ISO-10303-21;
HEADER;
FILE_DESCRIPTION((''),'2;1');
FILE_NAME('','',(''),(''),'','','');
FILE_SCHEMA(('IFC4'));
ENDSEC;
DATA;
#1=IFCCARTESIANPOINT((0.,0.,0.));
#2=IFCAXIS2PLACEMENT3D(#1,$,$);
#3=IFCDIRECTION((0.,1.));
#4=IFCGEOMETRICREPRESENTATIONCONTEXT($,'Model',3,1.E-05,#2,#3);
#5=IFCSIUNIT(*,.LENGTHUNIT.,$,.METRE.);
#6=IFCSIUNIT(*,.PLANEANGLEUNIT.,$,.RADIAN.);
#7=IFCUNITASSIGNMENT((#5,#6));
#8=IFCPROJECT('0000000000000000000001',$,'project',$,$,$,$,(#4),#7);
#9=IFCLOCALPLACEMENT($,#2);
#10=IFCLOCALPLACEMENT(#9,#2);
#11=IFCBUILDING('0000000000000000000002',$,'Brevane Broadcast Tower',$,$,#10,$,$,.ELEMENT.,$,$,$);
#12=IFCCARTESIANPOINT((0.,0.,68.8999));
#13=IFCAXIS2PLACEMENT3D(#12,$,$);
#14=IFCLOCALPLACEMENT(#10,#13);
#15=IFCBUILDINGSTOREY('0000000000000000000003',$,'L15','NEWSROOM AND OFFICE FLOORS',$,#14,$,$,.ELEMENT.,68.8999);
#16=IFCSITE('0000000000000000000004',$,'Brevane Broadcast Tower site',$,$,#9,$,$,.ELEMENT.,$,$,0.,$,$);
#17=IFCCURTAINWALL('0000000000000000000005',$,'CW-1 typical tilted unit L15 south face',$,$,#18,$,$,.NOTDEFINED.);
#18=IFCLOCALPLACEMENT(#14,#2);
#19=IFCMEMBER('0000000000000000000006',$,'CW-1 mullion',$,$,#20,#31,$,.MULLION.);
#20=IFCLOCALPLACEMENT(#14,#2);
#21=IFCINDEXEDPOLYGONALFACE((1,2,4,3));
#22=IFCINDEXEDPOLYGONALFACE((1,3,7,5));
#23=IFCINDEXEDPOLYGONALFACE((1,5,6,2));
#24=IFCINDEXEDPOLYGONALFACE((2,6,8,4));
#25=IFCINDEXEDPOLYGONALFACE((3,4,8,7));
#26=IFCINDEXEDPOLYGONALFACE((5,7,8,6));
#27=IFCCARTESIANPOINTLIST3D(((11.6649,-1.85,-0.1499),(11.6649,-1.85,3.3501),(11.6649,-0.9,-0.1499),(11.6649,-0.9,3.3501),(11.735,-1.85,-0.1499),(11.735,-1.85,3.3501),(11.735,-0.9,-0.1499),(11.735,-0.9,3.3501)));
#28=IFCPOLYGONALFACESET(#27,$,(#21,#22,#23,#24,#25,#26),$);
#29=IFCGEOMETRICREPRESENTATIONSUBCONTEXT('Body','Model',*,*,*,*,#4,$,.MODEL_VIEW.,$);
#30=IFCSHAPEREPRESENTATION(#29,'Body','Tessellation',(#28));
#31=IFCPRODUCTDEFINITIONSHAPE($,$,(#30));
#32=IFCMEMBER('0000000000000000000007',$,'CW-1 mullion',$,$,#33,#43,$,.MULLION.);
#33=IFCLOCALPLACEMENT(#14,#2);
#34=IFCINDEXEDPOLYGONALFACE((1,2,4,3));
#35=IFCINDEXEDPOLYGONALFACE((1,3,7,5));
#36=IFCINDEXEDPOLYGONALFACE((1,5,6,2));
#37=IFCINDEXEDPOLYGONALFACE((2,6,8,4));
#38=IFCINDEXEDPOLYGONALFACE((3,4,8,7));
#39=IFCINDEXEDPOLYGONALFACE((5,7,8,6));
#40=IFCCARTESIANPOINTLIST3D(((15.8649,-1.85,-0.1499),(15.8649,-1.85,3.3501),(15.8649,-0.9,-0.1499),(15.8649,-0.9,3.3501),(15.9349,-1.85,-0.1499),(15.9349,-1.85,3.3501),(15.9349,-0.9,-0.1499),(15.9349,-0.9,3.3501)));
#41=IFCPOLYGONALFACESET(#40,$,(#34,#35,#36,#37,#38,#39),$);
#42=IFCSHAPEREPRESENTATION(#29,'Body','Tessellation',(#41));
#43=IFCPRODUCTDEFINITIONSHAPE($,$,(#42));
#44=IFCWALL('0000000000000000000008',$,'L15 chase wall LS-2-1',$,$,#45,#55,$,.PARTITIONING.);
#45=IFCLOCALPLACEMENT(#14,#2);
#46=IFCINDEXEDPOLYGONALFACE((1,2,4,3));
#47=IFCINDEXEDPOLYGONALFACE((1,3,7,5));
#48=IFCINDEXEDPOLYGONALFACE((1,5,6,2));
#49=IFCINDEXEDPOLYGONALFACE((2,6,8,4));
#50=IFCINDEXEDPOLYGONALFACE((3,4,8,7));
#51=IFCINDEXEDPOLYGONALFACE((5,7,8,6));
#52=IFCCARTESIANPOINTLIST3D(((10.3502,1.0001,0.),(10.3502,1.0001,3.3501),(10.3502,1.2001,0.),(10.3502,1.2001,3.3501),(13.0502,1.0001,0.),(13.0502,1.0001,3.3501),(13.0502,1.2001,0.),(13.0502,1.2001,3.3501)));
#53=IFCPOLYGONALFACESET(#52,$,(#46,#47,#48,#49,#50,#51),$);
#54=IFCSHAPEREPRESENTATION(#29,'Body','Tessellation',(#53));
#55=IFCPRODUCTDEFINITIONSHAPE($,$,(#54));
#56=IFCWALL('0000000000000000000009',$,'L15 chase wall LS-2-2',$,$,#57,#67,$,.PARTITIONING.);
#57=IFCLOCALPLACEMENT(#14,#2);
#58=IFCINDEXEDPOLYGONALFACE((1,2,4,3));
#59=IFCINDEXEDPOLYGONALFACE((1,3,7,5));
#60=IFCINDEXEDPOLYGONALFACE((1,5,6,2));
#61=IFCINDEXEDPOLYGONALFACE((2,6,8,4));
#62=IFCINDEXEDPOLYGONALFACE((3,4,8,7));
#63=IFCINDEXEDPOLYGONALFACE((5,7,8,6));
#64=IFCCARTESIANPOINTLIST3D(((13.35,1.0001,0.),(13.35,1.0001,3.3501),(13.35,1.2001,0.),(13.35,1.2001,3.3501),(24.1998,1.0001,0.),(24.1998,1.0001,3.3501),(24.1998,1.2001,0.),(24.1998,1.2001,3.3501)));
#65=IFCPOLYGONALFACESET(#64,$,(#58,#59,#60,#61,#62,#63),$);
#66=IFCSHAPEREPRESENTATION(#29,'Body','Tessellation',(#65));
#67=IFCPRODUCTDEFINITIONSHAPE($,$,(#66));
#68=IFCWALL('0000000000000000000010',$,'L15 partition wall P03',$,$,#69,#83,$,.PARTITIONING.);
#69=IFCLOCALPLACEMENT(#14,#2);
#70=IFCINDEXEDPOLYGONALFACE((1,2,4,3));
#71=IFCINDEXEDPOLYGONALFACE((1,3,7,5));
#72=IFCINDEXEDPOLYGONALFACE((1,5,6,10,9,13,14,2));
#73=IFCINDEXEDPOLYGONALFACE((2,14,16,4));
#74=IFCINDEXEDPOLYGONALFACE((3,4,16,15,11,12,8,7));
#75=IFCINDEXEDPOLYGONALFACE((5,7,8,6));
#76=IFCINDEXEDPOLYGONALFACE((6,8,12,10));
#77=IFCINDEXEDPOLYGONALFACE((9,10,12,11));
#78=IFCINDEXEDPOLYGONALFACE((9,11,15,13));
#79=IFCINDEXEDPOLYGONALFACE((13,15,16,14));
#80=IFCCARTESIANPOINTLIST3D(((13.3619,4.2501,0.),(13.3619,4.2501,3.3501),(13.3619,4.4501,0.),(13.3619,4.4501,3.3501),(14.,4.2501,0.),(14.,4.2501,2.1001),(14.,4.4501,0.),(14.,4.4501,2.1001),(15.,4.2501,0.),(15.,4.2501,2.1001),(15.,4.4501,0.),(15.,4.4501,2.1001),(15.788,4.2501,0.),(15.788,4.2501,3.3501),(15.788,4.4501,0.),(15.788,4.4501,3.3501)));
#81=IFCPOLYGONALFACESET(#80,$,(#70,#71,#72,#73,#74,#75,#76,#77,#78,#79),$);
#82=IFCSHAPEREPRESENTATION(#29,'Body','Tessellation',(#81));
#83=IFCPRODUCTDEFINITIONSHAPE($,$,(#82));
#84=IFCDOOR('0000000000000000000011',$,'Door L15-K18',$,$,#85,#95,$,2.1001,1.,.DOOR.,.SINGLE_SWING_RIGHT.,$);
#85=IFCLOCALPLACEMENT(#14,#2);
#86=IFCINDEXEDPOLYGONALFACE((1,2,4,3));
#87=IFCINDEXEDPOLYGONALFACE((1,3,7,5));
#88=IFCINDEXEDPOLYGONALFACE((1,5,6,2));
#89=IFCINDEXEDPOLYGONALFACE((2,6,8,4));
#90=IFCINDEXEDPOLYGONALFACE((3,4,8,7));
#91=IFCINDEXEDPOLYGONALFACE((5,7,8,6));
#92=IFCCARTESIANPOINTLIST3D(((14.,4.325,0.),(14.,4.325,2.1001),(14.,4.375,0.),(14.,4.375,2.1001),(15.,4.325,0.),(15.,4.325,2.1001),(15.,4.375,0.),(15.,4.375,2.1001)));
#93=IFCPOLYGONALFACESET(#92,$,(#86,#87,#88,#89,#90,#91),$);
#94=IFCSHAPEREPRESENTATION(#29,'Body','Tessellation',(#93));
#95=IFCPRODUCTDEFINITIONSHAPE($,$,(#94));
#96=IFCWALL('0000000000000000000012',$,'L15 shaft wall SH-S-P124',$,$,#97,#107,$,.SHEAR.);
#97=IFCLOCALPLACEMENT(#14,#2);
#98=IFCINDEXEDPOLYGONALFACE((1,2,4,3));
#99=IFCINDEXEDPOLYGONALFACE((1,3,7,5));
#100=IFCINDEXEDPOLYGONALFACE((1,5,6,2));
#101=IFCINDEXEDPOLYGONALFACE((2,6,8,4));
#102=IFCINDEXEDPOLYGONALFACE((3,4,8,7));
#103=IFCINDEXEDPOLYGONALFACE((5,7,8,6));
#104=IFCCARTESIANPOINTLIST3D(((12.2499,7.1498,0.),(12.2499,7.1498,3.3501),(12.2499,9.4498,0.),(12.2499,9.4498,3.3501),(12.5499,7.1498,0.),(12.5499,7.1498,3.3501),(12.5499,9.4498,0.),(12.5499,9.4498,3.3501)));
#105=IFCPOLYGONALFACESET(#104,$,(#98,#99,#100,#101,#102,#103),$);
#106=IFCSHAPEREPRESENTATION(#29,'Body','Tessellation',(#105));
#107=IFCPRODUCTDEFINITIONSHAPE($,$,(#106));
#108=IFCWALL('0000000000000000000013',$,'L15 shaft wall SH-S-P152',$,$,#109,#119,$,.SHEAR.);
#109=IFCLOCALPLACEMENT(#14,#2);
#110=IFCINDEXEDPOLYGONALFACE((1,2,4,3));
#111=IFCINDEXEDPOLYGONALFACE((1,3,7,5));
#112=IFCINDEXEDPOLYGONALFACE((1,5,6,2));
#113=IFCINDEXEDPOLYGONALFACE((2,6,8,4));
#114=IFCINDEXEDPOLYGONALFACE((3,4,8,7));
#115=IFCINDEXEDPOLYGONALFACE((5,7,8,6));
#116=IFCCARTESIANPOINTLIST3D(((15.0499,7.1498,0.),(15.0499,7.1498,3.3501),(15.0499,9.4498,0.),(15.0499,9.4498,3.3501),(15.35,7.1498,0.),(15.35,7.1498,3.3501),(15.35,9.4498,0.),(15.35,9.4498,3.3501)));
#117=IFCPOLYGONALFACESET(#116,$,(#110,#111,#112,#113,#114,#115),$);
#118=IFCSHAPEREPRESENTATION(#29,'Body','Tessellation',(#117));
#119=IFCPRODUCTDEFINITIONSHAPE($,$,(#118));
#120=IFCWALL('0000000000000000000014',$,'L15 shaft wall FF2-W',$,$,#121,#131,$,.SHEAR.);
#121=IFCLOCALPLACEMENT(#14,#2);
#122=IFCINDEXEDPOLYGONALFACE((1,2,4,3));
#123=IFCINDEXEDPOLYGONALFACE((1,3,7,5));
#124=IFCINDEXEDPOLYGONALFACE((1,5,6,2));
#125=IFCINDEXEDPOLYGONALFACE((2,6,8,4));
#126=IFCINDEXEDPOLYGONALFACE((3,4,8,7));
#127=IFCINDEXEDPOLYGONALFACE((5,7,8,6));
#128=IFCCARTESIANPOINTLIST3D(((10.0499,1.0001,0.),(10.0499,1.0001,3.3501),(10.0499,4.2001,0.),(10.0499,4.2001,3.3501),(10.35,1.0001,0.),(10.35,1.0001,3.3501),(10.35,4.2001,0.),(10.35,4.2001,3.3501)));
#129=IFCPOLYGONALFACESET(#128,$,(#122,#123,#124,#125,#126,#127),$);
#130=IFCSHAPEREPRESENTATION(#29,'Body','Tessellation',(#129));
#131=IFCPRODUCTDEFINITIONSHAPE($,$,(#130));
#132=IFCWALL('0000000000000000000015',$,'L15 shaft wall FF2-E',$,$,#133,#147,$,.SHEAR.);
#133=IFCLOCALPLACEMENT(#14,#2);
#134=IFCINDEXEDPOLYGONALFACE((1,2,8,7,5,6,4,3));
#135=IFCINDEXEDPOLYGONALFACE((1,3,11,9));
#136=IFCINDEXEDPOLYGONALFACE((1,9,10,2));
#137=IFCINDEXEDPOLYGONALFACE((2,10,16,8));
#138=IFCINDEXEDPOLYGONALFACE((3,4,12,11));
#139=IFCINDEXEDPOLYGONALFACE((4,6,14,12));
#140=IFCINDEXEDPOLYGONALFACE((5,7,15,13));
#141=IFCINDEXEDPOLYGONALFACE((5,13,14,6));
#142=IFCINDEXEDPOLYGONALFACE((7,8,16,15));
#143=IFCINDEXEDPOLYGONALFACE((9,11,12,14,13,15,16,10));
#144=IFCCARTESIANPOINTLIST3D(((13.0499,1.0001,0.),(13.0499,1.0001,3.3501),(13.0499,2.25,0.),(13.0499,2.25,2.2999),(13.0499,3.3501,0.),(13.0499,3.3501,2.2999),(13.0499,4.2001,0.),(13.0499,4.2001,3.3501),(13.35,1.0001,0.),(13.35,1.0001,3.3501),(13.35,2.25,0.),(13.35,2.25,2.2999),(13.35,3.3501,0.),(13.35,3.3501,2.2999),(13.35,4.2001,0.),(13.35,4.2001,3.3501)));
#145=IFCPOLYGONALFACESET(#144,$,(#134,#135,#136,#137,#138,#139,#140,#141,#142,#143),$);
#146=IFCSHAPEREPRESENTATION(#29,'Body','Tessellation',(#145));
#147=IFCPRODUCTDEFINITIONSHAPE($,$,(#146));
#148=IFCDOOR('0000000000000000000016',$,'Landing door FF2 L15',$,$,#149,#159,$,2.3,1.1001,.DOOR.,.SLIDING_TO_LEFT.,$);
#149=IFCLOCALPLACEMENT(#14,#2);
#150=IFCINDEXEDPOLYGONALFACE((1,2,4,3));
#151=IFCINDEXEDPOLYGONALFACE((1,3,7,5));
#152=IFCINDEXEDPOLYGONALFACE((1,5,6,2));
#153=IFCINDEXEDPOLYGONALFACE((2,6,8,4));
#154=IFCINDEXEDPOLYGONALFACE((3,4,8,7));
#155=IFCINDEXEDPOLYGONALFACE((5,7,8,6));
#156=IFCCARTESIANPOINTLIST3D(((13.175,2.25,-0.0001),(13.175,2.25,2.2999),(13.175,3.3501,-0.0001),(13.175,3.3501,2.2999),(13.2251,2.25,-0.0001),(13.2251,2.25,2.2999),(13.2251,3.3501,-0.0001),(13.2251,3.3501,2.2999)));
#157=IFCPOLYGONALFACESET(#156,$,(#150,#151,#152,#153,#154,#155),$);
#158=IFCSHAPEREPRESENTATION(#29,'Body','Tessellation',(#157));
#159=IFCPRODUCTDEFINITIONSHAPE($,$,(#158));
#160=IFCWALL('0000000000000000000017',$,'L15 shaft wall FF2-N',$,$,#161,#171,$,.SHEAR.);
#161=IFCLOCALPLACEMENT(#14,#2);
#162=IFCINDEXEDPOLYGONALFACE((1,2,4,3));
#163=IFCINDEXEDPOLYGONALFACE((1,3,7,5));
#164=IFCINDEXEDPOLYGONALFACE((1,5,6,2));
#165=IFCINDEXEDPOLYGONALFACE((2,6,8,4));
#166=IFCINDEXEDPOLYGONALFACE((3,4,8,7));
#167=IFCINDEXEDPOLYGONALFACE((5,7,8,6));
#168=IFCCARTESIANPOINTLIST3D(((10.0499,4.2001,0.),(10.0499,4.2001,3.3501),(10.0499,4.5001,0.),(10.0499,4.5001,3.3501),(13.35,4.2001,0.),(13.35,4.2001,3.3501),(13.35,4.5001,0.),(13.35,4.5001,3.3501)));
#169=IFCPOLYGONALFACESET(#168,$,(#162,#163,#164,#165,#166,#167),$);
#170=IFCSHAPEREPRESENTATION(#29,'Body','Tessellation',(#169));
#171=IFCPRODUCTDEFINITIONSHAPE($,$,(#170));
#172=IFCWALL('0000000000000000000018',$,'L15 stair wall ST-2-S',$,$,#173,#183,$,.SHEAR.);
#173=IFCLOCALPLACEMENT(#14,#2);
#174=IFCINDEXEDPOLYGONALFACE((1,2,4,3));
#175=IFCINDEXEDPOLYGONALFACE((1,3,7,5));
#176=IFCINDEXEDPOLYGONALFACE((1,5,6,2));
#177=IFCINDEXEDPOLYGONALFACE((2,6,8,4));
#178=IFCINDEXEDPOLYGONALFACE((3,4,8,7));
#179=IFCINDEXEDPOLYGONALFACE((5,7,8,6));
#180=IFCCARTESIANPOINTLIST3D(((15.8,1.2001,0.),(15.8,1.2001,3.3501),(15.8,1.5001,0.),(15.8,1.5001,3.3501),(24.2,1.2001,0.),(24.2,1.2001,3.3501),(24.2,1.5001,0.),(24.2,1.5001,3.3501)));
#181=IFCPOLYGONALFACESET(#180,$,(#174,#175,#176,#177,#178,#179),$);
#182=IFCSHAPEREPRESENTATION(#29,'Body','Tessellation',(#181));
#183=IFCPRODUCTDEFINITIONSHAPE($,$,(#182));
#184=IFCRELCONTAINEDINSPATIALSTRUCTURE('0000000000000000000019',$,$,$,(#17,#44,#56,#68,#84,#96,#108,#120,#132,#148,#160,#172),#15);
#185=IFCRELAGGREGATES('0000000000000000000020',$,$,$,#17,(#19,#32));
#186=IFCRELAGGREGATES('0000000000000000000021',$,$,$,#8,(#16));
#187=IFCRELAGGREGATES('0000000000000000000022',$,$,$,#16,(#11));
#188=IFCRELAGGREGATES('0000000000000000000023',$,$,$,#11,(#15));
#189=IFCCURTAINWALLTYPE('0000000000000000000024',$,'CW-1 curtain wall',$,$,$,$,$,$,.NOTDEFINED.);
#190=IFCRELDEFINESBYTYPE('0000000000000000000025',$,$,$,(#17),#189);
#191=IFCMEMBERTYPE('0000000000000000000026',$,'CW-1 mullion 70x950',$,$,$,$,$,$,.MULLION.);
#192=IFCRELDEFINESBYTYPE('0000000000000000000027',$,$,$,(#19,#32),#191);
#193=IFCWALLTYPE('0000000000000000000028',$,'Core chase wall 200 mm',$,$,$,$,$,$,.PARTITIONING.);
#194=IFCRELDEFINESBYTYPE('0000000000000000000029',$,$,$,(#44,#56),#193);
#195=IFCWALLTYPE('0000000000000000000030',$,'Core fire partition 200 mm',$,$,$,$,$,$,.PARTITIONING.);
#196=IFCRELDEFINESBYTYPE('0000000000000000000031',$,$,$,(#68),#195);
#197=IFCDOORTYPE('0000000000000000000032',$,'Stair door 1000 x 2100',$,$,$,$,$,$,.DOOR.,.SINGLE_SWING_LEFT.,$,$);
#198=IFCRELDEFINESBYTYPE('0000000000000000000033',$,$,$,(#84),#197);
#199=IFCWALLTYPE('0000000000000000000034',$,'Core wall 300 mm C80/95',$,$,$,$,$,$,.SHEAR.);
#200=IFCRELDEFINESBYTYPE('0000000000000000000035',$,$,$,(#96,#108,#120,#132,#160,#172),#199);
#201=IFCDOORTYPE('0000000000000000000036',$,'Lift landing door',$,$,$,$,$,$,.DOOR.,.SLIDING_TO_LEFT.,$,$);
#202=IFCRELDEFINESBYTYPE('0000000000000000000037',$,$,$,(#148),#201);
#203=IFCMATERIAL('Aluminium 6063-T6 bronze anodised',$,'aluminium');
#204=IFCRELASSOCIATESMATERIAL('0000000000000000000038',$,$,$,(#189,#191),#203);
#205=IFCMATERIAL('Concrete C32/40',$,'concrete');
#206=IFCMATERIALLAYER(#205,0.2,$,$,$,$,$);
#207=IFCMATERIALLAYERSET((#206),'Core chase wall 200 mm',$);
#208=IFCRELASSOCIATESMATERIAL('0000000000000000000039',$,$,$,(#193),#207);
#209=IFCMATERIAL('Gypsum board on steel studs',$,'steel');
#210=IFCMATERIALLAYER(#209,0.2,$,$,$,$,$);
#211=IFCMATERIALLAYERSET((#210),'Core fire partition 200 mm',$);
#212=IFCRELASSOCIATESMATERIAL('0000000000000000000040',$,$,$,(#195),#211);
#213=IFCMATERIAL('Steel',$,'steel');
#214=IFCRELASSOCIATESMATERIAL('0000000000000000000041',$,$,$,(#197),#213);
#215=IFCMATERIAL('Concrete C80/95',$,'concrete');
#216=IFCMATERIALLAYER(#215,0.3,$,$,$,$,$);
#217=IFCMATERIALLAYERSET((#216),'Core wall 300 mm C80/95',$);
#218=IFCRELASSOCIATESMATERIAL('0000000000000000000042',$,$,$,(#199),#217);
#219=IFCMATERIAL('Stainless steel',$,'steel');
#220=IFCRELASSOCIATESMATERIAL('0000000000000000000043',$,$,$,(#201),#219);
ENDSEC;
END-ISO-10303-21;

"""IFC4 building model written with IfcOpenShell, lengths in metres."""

from ifc_helpers import new_model, si_unit, direction, frame, frame_2d, origin, origin_2d, place, context, subcontext, project, spatial, rectangle, extrude, material, layer, layer_set, material_profile, profile_set, type_object, element, fill, aggregate, save


model = new_model("IFC4")

# Units and contexts
model_context = context("Model", 3, precision=1e-05, world=origin(), true_north=direction((0.0, 1.0)))
body_context = subcontext(model_context, "Body", "Model", "MODEL_VIEW")
ifc_project = project(units=[si_unit("LENGTHUNIT", "METRE"), si_unit("PLANEANGLEUNIT", "RADIAN")], contexts=[model_context])

# Site, building, storey
site_placement = place(None, origin())
site = spatial("IfcSite", under=ifc_project, at=site_placement, Name="Brevane Broadcast Tower site", CompositionType="ELEMENT", RefElevation=0.0)
building_placement = place(site_placement, origin())
building = spatial("IfcBuilding", under=site, at=building_placement, Name="Brevane Broadcast Tower", CompositionType="ELEMENT")
storey_placement = place(building_placement, frame((0.0, 0.0, 68.8999)))
storey = spatial("IfcBuildingStorey", under=building, at=storey_placement, Name="L15", Description="NEWSROOM AND OFFICE FLOORS", CompositionType="ELEMENT", Elevation=68.8999)

# Curtain wall, members
ifc_material_1 = material(Name="Aluminium 6063-T6 bronze anodised", Category="aluminium")
curtain_wall_type = type_object("IfcCurtainWallType", Name="CW-1 curtain wall", PredefinedType="NOTDEFINED", material=ifc_material_1)
curtain_wall_placement = place(storey_placement, origin())
curtain_wall = element("IfcCurtainWall", 1, at=curtain_wall_placement, inside=storey, type_object=curtain_wall_type, Name="CW-1 typical tilted unit L15 south face", PredefinedType="NOTDEFINED")
ifc_material_profile = material_profile(ifc_material_1, rectangle(XDim=0.95, YDim=0.0701, at=origin_2d()), Name="RECT 70x950")
ifc_profile_set = profile_set([ifc_material_profile], Name="Aluminium 6063-T6 bronze anodised")
member_type = type_object("IfcMemberType", Name="CW-1 mullion 70x950", PredefinedType="MULLION", material=ifc_profile_set)
member_1_placement = place(storey_placement, frame((11.7, -1.375, -0.1499), z_axis=(0.0, 0.0, 1.0), x_axis=(0.0, 1.0, 0.0)))
member_1 = element("IfcMember", 2, at=member_1_placement, type_object=member_type, Name="CW-1 mullion", PredefinedType="MULLION", context=body_context, shape_type="SweptSolid", body=[
    extrude(rectangle(XDim=0.95, YDim=0.0701, at=origin_2d()), origin(), (0.0, 0.0, 1.0), 3.5),
])
member_2_placement = place(storey_placement, frame((15.8999, -1.375, -0.1499), z_axis=(0.0, 0.0, 1.0), x_axis=(0.0, 1.0, 0.0)))
member_2 = element("IfcMember", 3, at=member_2_placement, type_object=member_type, Name="CW-1 mullion", PredefinedType="MULLION", context=body_context, shape_type="SweptSolid", body=[
    extrude(rectangle(XDim=0.95, YDim=0.0701, at=origin_2d()), origin(), (0.0, 0.0, 1.0), 3.5),
])
aggregate(curtain_wall, [member_1, member_2])

# Walls
ifc_material_2 = material(Name="Concrete C32/40", Category="concrete")
ifc_layer_1 = layer(ifc_material_2, 0.2)
ifc_layer_set_1 = layer_set([ifc_layer_1], Name="Core chase wall 200 mm")
wall_type_1 = type_object("IfcWallType", Name="Core chase wall 200 mm", PredefinedType="PARTITIONING", material=ifc_layer_set_1)
wall_1_placement = place(storey_placement, frame((10.3501, 1.1001, 0.0), z_axis=(0.0, 0.0, 1.0), x_axis=(1.0, 0.0, 0.0)))
element("IfcWall", 4, at=wall_1_placement, inside=storey, type_object=wall_type_1, Name="L15 chase wall LS-2-1", PredefinedType="PARTITIONING", context=body_context, shape_type="SweptSolid", body=[
    extrude(rectangle(XDim=2.7, YDim=0.2, at=frame_2d((1.3501, 0.0))), origin(), (0.0, 0.0, 1.0), 3.3501),
])
wall_2_placement = place(storey_placement, frame((13.3501, 1.1001, 0.0), z_axis=(0.0, 0.0, 1.0), x_axis=(1.0, 0.0, 0.0)))
element("IfcWall", 5, at=wall_2_placement, inside=storey, type_object=wall_type_1, Name="L15 chase wall LS-2-2", PredefinedType="PARTITIONING", context=body_context, shape_type="SweptSolid", body=[
    extrude(rectangle(XDim=10.8499, YDim=0.2, at=frame_2d((5.4248, 0.0))), origin(), (0.0, 0.0, 1.0), 3.3501),
])

# Wall, opening, door
ifc_material_3 = material(Name="Gypsum board on steel studs", Category="steel")
ifc_layer_2 = layer(ifc_material_3, 0.2)
ifc_layer_set_2 = layer_set([ifc_layer_2], Name="Core fire partition 200 mm")
wall_type_2 = type_object("IfcWallType", Name="Core fire partition 200 mm", PredefinedType="PARTITIONING", material=ifc_layer_set_2)
wall_3_placement = place(storey_placement, frame((13.3621, 4.3501, 0.0), z_axis=(0.0, 0.0, 1.0), x_axis=(1.0, 0.0, 0.0)))
wall_3 = element("IfcWall", 6, at=wall_3_placement, inside=storey, type_object=wall_type_2, Name="L15 partition wall P03", PredefinedType="PARTITIONING", context=body_context, shape_type="SweptSolid", body=[
    extrude(rectangle(XDim=2.426, YDim=0.2, at=frame_2d((1.2129, 0.0))), origin(), (0.0, 0.0, 1.0), 3.3501),
])
opening_1_placement = place(wall_3_placement, frame((0.6379, 0.0, 0.0)))
opening_1 = element("IfcOpeningElement", 7, at=opening_1_placement, cuts=wall_3, PredefinedType="OPENING", context=body_context, shape_type="SweptSolid", body=[
    extrude(rectangle(XDim=1.0, YDim=2.1001, at=frame_2d((0.5, 1.05))), frame((0.0, 0.1099, 0.0), z_axis=(0.0, -1.0, 0.0), x_axis=(1.0, 0.0, 0.0)), (0.0, 0.0, 1.0), 0.22),
])
ifc_material_4 = material(Name="Steel", Category="steel")
door_type_1 = type_object("IfcDoorType", Name="Stair door 1000 x 2100", OperationType="SINGLE_SWING_LEFT", PredefinedType="DOOR", material=ifc_material_4)
door_1_placement = place(opening_1_placement, origin())
door_1 = element("IfcDoor", 8, at=door_1_placement, inside=storey, type_object=door_type_1, Name="Door L15-K18", OperationType="SINGLE_SWING_RIGHT", OverallHeight=2.1001, OverallWidth=1.0, PredefinedType="DOOR", context=body_context, shape_type="SweptSolid", body=[
    extrude(rectangle(XDim=1.0, YDim=2.1001, at=frame_2d((0.5, 1.05))), frame((0.0, 0.0249, 0.0), z_axis=(0.0, -1.0, 0.0), x_axis=(1.0, 0.0, 0.0)), (0.0, 0.0, 1.0), 0.05),
])
fill(opening_1, door_1)

# Walls
ifc_material_5 = material(Name="Concrete C80/95", Category="concrete")
ifc_layer_3 = layer(ifc_material_5, 0.3)
ifc_layer_set_3 = layer_set([ifc_layer_3], Name="Core wall 300 mm C80/95")
wall_type_3 = type_object("IfcWallType", Name="Core wall 300 mm C80/95", PredefinedType="SHEAR", material=ifc_layer_set_3)
for number, where, z_axis, x_axis, name in (
    (9, (12.3999, 7.1499, 0.0), (0.0, 0.0, 1.0), (0.0, 1.0, 0.0), "L15 shaft wall SH-S-P124"),
    (10, (15.2, 7.1499, 0.0), (0.0, 0.0, 1.0), (0.0, 1.0, 0.0), "L15 shaft wall SH-S-P152"),
):
    element("IfcWall", number, at=place(storey_placement, frame(where, z_axis=z_axis, x_axis=x_axis)), inside=storey, type_object=wall_type_3, Name=name, PredefinedType="SHEAR", context=body_context, shape_type="SweptSolid", body=[
        extrude(rectangle(XDim=2.3, YDim=0.3, at=frame_2d((1.1499, 0.0))), origin(), (0.0, 0.0, 1.0), 3.3501),
    ])
wall_4_placement = place(storey_placement, frame((10.2, 1.0, 0.0), z_axis=(0.0, 0.0, 1.0), x_axis=(0.0, 1.0, 0.0)))
element("IfcWall", 11, at=wall_4_placement, inside=storey, type_object=wall_type_3, Name="L15 shaft wall FF2-W", PredefinedType="SHEAR", context=body_context, shape_type="SweptSolid", body=[
    extrude(rectangle(XDim=3.2, YDim=0.3, at=frame_2d((1.6001, 0.0))), origin(), (0.0, 0.0, 1.0), 3.3501),
])

# Wall, opening, door
wall_5_placement = place(storey_placement, frame((13.2, 1.0, 0.0), z_axis=(0.0, 0.0, 1.0), x_axis=(0.0, 1.0, 0.0)))
wall_5 = element("IfcWall", 12, at=wall_5_placement, inside=storey, type_object=wall_type_3, Name="L15 shaft wall FF2-E", PredefinedType="SHEAR", context=body_context, shape_type="SweptSolid", body=[
    extrude(rectangle(XDim=3.2, YDim=0.3, at=frame_2d((1.6001, 0.0))), origin(), (0.0, 0.0, 1.0), 3.3501),
])
opening_2_placement = place(wall_5_placement, frame((1.25, 0.0, 0.0)))
opening_2 = element("IfcOpeningElement", 13, at=opening_2_placement, cuts=wall_5, PredefinedType="OPENING", context=body_context, shape_type="SweptSolid", body=[
    extrude(rectangle(XDim=1.1001, YDim=2.3, at=frame_2d((0.55, 1.1499))), frame((0.0, 0.1599, 0.0), z_axis=(0.0, -1.0, 0.0), x_axis=(1.0, 0.0, 0.0)), (0.0, 0.0, 1.0), 0.3201),
])
ifc_material_6 = material(Name="Stainless steel", Category="steel")
door_type_2 = type_object("IfcDoorType", Name="Lift landing door", OperationType="SLIDING_TO_LEFT", PredefinedType="DOOR", material=ifc_material_6)
door_2_placement = place(opening_2_placement, origin())
door_2 = element("IfcDoor", 14, at=door_2_placement, inside=storey, type_object=door_type_2, Name="Landing door FF2 L15", OperationType="SLIDING_TO_LEFT", OverallHeight=2.3, OverallWidth=1.1001, PredefinedType="DOOR", context=body_context, shape_type="SweptSolid", body=[
    extrude(rectangle(XDim=1.1001, YDim=2.3, at=frame_2d((0.55, 1.1499))), frame((0.0, 0.0249, 0.0), z_axis=(0.0, -1.0, 0.0), x_axis=(1.0, 0.0, 0.0)), (0.0, 0.0, 1.0), 0.05),
])
fill(opening_2, door_2)

# Walls
wall_6_placement = place(storey_placement, frame((10.05, 4.3501, 0.0), z_axis=(0.0, 0.0, 1.0), x_axis=(1.0, 0.0, 0.0)))
element("IfcWall", 15, at=wall_6_placement, inside=storey, type_object=wall_type_3, Name="L15 shaft wall FF2-N", PredefinedType="SHEAR", context=body_context, shape_type="SweptSolid", body=[
    extrude(rectangle(XDim=3.3, YDim=0.3, at=frame_2d((1.6499, 0.0))), origin(), (0.0, 0.0, 1.0), 3.3501),
])
wall_7_placement = place(storey_placement, frame((15.8, 1.3501, 0.0), z_axis=(0.0, 0.0, 1.0), x_axis=(1.0, 0.0, 0.0)))
element("IfcWall", 16, at=wall_7_placement, inside=storey, type_object=wall_type_3, Name="L15 stair wall ST-2-S", PredefinedType="SHEAR", context=body_context, shape_type="SweptSolid", body=[
    extrude(rectangle(XDim=8.3999, YDim=0.3, at=frame_2d((4.2, 0.0))), origin(), (0.0, 0.0, 1.0), 3.3501),
])

save(model, "model.ifc")
